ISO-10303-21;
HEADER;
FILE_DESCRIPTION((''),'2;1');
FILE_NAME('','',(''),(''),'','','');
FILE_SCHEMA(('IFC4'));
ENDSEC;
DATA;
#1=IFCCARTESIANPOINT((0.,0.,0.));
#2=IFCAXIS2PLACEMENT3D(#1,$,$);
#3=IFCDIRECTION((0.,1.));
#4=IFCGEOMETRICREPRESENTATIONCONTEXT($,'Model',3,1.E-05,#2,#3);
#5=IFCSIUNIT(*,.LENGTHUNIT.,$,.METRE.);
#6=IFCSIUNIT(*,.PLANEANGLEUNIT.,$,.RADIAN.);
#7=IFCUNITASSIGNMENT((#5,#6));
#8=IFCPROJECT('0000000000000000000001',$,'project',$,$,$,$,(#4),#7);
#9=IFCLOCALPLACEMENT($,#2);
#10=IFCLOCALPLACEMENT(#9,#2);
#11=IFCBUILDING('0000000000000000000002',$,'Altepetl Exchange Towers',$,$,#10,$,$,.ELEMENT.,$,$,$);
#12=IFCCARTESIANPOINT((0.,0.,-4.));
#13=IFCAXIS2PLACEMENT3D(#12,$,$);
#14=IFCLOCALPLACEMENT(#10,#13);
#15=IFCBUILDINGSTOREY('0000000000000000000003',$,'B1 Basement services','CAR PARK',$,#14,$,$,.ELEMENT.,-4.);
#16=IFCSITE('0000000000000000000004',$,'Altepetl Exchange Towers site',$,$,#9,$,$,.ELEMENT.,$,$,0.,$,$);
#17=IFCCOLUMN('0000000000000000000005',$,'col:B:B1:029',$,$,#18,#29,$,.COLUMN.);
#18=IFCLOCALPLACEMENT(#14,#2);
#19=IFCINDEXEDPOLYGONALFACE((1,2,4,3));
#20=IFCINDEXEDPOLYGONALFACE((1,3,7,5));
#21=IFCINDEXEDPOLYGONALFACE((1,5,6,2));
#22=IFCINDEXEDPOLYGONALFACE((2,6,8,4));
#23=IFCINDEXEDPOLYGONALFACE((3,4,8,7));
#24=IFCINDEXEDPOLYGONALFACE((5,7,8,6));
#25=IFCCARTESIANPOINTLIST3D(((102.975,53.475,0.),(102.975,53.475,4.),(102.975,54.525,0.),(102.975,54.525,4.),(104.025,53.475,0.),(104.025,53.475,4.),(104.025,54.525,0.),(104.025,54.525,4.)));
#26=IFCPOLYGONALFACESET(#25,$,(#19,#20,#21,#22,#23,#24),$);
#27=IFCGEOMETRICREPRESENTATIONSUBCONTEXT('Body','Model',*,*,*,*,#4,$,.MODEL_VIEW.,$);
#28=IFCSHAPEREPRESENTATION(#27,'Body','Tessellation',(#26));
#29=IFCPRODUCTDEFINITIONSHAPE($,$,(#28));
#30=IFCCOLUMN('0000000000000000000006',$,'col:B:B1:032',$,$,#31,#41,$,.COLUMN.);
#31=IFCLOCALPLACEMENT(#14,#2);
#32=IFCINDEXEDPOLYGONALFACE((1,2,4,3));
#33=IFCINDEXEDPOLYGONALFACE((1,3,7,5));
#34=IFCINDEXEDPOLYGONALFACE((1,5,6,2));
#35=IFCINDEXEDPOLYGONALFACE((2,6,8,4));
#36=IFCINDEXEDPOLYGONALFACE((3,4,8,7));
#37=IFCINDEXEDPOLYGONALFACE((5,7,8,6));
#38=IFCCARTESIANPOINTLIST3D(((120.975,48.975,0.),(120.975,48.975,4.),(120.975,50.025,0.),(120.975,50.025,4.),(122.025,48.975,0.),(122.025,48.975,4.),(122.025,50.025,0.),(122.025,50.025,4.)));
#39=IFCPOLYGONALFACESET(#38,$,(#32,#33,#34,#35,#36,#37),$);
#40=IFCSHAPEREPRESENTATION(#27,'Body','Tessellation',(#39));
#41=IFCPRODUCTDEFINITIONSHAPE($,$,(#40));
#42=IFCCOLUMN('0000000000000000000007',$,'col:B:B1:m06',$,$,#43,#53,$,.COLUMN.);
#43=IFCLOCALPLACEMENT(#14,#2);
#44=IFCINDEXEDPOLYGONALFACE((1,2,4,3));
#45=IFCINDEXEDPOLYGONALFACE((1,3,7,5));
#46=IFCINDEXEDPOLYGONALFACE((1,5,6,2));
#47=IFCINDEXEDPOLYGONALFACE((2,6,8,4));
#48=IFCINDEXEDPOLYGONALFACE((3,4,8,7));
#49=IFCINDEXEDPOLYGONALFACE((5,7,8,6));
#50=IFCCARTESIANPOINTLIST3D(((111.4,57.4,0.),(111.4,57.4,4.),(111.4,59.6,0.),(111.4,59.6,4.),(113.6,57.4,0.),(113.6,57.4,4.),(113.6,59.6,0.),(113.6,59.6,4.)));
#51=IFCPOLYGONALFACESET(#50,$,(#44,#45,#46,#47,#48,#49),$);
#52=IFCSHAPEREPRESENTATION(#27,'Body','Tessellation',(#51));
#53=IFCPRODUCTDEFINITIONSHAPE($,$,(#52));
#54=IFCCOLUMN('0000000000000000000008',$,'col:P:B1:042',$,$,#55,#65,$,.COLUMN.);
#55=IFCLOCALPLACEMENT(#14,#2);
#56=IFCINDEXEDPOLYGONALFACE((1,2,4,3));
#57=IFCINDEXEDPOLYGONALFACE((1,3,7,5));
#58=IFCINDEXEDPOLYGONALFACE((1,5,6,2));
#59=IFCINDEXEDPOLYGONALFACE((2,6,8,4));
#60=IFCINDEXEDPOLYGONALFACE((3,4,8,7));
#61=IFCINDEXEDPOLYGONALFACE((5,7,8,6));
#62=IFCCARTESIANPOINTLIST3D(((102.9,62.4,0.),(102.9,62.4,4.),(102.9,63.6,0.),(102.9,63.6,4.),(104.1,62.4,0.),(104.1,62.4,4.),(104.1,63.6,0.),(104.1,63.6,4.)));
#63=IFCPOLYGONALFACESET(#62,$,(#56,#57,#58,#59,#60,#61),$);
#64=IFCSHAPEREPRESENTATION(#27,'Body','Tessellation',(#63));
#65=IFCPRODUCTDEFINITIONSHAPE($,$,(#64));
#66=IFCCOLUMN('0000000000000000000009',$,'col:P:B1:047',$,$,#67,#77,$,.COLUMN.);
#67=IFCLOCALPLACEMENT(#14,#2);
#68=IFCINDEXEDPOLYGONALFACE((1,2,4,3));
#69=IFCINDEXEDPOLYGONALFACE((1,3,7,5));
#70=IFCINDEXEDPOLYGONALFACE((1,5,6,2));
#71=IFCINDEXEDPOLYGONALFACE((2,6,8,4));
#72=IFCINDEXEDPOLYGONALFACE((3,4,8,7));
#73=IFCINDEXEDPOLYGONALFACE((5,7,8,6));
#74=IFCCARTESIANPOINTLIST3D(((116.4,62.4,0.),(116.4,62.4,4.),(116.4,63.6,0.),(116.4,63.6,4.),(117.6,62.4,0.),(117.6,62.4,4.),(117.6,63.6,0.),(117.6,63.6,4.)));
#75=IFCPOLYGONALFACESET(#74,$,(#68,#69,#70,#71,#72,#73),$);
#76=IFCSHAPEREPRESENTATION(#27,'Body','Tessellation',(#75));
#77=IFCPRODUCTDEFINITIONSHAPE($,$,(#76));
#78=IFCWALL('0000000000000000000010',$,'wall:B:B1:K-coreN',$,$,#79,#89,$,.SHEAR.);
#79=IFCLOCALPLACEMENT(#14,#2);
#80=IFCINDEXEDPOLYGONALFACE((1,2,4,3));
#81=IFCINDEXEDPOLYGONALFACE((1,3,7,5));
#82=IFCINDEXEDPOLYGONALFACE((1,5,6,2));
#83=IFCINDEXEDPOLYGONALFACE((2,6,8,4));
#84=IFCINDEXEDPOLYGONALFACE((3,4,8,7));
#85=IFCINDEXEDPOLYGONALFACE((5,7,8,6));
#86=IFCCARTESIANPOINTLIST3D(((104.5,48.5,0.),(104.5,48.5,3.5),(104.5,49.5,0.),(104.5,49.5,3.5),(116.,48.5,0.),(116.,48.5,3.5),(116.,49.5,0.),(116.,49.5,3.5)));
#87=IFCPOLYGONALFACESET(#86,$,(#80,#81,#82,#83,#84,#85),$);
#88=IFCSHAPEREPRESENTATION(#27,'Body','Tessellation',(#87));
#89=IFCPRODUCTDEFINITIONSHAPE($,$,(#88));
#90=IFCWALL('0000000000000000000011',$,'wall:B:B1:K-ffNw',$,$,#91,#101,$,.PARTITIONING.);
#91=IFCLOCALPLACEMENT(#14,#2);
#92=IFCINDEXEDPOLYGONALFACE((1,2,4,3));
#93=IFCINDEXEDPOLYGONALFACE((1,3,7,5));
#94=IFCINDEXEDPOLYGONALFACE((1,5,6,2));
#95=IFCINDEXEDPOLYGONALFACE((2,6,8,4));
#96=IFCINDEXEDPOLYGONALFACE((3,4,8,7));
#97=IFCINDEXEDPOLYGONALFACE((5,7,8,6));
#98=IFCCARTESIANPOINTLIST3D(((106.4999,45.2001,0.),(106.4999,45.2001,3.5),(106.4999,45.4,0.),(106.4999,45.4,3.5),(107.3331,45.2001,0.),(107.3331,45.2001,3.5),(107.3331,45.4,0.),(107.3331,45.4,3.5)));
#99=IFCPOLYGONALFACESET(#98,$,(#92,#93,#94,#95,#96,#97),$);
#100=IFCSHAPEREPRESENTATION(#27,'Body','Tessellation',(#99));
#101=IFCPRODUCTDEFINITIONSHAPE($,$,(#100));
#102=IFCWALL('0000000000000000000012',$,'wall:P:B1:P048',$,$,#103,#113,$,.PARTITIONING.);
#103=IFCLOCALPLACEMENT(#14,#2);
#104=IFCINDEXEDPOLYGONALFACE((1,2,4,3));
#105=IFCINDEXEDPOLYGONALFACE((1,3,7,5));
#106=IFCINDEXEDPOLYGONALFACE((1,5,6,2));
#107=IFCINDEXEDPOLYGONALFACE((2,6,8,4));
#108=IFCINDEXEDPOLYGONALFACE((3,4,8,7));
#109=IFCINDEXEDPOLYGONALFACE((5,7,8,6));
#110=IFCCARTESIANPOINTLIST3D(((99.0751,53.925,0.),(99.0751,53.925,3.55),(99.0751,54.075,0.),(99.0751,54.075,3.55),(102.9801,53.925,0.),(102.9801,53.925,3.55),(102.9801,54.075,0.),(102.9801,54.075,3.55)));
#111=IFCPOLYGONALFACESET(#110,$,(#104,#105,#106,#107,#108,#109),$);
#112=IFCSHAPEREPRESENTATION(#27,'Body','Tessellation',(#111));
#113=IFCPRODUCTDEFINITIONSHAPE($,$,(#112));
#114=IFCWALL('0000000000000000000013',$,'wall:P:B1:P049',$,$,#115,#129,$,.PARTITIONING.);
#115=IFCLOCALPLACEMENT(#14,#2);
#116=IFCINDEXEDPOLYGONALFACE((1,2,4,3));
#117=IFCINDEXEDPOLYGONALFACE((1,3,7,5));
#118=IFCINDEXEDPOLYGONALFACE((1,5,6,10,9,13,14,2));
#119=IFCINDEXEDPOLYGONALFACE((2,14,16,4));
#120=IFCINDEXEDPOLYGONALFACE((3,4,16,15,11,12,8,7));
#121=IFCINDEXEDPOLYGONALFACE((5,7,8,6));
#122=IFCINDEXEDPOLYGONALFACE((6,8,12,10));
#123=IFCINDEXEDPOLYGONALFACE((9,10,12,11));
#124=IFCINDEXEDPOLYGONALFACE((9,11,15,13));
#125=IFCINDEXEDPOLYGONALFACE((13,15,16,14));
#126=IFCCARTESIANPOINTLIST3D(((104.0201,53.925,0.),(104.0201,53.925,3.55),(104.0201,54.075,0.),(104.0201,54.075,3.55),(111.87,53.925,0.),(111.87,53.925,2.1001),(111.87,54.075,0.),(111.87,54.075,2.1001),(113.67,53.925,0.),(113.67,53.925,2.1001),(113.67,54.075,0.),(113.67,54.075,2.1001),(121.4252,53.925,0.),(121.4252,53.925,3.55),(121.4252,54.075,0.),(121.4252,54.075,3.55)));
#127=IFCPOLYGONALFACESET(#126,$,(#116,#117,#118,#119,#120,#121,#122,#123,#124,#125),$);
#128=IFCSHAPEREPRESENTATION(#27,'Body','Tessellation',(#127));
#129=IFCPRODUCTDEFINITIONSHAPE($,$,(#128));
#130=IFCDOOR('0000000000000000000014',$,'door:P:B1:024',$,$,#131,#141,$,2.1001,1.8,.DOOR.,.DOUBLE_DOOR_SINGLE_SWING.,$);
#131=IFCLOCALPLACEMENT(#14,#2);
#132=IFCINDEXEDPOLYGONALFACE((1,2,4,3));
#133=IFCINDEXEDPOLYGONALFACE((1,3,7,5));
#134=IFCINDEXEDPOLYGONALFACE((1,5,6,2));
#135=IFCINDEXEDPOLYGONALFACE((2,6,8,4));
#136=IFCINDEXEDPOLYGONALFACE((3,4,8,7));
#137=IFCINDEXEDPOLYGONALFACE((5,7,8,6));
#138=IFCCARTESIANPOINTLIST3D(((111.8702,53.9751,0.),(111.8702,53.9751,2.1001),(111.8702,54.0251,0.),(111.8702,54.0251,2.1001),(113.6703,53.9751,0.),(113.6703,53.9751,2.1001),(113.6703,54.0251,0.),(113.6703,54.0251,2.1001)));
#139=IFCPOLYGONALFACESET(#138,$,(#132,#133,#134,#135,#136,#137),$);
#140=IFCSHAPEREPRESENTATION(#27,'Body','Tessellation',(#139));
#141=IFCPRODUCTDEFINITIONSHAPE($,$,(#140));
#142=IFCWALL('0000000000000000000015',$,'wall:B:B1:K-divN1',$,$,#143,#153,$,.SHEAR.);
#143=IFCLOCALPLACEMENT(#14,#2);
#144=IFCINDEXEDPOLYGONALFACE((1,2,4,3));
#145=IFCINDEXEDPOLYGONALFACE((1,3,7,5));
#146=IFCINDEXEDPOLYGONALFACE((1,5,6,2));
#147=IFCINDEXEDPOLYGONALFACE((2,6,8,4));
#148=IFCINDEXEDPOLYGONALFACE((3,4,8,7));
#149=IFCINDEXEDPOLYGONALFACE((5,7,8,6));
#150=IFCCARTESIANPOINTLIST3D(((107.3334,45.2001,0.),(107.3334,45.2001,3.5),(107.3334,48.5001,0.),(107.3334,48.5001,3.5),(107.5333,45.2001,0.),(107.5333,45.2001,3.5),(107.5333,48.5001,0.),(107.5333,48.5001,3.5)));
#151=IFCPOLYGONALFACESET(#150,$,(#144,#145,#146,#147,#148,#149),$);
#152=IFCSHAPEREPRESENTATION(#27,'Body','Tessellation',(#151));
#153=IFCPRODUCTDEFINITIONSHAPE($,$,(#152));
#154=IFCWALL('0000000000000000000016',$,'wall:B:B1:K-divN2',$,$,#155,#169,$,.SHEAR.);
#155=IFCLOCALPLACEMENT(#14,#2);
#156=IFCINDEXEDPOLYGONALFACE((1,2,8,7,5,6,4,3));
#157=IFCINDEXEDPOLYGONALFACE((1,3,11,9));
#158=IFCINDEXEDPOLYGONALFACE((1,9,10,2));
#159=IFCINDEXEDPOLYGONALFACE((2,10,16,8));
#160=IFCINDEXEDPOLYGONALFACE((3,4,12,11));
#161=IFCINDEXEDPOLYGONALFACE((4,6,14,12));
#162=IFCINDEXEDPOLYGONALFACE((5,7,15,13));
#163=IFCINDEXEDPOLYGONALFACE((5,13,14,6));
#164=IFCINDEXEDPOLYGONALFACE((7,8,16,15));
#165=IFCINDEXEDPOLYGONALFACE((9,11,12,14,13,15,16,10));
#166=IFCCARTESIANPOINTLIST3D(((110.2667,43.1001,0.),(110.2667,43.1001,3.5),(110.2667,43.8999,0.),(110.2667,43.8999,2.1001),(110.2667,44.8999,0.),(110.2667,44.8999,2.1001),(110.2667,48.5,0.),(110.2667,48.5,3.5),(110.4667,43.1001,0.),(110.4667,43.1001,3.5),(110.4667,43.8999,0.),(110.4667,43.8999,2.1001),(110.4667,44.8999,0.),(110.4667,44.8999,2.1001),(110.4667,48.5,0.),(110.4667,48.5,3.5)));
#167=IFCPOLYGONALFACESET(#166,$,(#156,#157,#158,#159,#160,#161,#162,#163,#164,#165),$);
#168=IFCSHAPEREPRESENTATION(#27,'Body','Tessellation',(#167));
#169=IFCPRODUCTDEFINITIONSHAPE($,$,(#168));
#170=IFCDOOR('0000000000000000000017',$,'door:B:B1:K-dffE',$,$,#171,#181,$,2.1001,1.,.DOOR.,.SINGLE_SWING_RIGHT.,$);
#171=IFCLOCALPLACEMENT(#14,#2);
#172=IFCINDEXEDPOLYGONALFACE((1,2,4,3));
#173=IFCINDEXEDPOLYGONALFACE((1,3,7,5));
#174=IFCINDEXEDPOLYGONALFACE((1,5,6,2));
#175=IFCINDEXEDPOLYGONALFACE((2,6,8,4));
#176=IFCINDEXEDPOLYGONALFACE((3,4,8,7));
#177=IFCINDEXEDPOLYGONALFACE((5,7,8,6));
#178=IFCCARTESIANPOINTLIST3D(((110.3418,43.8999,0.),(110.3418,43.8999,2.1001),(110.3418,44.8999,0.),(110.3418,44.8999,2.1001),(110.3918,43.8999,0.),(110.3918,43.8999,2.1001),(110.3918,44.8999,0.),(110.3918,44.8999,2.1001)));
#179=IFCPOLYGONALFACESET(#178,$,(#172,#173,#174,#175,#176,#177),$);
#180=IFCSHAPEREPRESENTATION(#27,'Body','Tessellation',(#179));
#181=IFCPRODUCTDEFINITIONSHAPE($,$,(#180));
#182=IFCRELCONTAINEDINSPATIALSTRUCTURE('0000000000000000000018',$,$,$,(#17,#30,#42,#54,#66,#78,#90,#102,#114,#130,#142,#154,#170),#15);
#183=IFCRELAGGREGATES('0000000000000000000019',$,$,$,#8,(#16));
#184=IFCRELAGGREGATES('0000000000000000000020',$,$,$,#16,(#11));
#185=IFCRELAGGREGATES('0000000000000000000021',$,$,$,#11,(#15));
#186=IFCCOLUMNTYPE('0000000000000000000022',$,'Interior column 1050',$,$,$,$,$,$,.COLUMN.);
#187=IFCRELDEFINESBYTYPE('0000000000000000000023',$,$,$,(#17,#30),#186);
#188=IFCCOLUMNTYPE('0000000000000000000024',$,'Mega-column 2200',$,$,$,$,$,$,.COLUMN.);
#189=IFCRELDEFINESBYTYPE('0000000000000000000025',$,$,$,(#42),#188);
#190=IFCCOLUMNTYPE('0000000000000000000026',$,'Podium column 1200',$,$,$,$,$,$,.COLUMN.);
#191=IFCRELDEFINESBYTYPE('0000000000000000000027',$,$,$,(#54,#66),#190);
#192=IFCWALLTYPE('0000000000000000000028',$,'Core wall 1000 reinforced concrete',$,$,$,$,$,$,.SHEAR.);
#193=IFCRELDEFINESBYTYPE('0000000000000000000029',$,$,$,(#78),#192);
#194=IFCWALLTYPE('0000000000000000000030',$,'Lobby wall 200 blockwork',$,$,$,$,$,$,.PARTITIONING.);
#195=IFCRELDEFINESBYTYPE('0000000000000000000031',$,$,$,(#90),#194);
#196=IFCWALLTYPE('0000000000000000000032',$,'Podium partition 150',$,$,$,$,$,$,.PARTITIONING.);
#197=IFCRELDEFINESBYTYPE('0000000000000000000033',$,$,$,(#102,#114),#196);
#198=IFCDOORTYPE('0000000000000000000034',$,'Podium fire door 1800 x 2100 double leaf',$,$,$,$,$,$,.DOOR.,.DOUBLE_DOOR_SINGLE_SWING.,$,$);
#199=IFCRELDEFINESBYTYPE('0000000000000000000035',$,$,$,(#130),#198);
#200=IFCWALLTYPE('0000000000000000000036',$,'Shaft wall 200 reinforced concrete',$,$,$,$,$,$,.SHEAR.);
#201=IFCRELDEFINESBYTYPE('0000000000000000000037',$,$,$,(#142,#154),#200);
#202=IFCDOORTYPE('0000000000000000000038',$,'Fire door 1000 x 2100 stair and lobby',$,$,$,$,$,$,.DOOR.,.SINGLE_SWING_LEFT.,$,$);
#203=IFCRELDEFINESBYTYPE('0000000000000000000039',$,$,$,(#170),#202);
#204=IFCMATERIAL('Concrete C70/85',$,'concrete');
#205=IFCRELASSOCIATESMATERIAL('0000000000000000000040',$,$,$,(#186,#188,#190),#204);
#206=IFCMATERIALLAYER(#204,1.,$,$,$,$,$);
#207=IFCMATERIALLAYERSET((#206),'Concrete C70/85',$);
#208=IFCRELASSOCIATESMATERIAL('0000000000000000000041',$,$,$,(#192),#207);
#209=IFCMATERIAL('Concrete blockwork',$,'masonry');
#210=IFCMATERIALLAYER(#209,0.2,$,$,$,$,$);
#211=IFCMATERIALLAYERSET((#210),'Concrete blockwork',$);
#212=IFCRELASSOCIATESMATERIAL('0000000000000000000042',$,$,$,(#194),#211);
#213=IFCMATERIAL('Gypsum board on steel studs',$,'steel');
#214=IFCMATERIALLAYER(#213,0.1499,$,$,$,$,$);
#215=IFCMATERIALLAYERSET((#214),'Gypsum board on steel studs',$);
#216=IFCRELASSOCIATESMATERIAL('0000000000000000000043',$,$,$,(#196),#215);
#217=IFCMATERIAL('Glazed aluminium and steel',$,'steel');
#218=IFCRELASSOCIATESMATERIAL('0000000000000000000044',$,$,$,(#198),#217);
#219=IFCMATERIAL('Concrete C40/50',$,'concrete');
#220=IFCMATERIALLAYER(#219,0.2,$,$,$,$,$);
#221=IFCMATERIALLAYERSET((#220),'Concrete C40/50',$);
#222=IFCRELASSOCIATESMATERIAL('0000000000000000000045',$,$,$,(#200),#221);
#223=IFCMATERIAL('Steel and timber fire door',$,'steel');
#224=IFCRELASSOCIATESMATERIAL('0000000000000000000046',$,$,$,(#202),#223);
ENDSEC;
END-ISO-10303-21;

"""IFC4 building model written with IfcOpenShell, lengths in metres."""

from ifc_helpers import new_model, si_unit, direction, frame, frame_2d, origin, origin_2d, place, context, subcontext, project, spatial, rectangle, extrude, material, layer, layer_set, material_profile, profile_set, type_object, element, fill, save


model = new_model("IFC4")

# Units and contexts
model_context = context("Model", 3, precision=1e-05, world=origin(), true_north=direction((0.0, 1.0)))
body_context = subcontext(model_context, "Body", "Model", "MODEL_VIEW")
ifc_project = project(units=[si_unit("LENGTHUNIT", "METRE"), si_unit("PLANEANGLEUNIT", "RADIAN")], contexts=[model_context])

# Site, building, storey
site_placement = place(None, origin())
site = spatial("IfcSite", under=ifc_project, at=site_placement, Name="Altepetl Exchange Towers site", CompositionType="ELEMENT", RefElevation=0.0)
building_placement = place(site_placement, origin())
building = spatial("IfcBuilding", under=site, at=building_placement, Name="Altepetl Exchange Towers", CompositionType="ELEMENT")
storey_placement = place(building_placement, frame((0.0, 0.0, -4.0)))
storey = spatial("IfcBuildingStorey", under=building, at=storey_placement, Name="B1 Basement services", Description="CAR PARK", CompositionType="ELEMENT", Elevation=-4.0)

# Columns
ifc_material_1 = material(Name="Concrete C70/85", Category="concrete")
ifc_material_profile_1 = material_profile(ifc_material_1, rectangle(XDim=1.05, YDim=1.05, at=origin_2d()), Name="1050 x 1050")
ifc_profile_set_1 = profile_set([ifc_material_profile_1], Name="Concrete C70/85")
column_type_1 = type_object("IfcColumnType", Name="Interior column 1050", PredefinedType="COLUMN", material=ifc_profile_set_1)
for number, where, name in (
    (1, (103.5, 54.0, 0.0), "col:B:B1:029"),
    (2, (121.5, 49.5, 0.0), "col:B:B1:032"),
):
    element("IfcColumn", number, at=place(storey_placement, frame(where)), inside=storey, type_object=column_type_1, Name=name, PredefinedType="COLUMN", context=body_context, shape_type="SweptSolid", body=[
        extrude(rectangle(XDim=1.05, YDim=1.05, at=origin_2d()), origin(), (0.0, 0.0, 1.0), 4.0),
    ])
ifc_material_profile_2 = material_profile(ifc_material_1, rectangle(XDim=2.2, YDim=2.2, at=origin_2d()), Name="2200 x 2200")
ifc_profile_set_2 = profile_set([ifc_material_profile_2], Name="Concrete C70/85")
column_type_2 = type_object("IfcColumnType", Name="Mega-column 2200", PredefinedType="COLUMN", material=ifc_profile_set_2)
column_placement = place(storey_placement, frame((112.5, 58.5, 0.0)))
element("IfcColumn", 3, at=column_placement, inside=storey, type_object=column_type_2, Name="col:B:B1:m06", PredefinedType="COLUMN", context=body_context, shape_type="SweptSolid", body=[
    extrude(rectangle(XDim=2.2, YDim=2.2, at=origin_2d()), origin(), (0.0, 0.0, 1.0), 4.0),
])
ifc_material_profile_3 = material_profile(ifc_material_1, rectangle(XDim=1.2, YDim=1.2, at=origin_2d()), Name="1200 x 1200")
ifc_profile_set_3 = profile_set([ifc_material_profile_3], Name="Concrete C70/85")
column_type_3 = type_object("IfcColumnType", Name="Podium column 1200", PredefinedType="COLUMN", material=ifc_profile_set_3)
for number, where, name in (
    (4, (103.5, 63.0, 0.0), "col:P:B1:042"),
    (5, (117.0, 63.0, 0.0), "col:P:B1:047"),
):
    element("IfcColumn", number, at=place(storey_placement, frame(where)), inside=storey, type_object=column_type_3, Name=name, PredefinedType="COLUMN", context=body_context, shape_type="SweptSolid", body=[
        extrude(rectangle(XDim=1.2, YDim=1.2, at=origin_2d()), origin(), (0.0, 0.0, 1.0), 4.0),
    ])

# Walls
ifc_layer_1 = layer(ifc_material_1, 1.0)
ifc_layer_set_1 = layer_set([ifc_layer_1], Name="Concrete C70/85")
wall_type_1 = type_object("IfcWallType", Name="Core wall 1000 reinforced concrete", PredefinedType="SHEAR", material=ifc_layer_set_1)
wall_1_placement = place(storey_placement, frame((104.5, 49.0, 0.0)))
element("IfcWall", 6, at=wall_1_placement, inside=storey, type_object=wall_type_1, Name="wall:B:B1:K-coreN", PredefinedType="SHEAR", context=body_context, shape_type="SweptSolid", body=[
    extrude(rectangle(XDim=11.5, YDim=1.0, at=frame_2d((5.75, 0.0))), origin(), (0.0, 0.0, 1.0), 3.5),
])
ifc_material_2 = material(Name="Concrete blockwork", Category="masonry")
ifc_layer_2 = layer(ifc_material_2, 0.2)
ifc_layer_set_2 = layer_set([ifc_layer_2], Name="Concrete blockwork")
wall_type_2 = type_object("IfcWallType", Name="Lobby wall 200 blockwork", PredefinedType="PARTITIONING", material=ifc_layer_set_2)
wall_2_placement = place(storey_placement, frame((106.5, 45.3, 0.0)))
element("IfcWall", 7, at=wall_2_placement, inside=storey, type_object=wall_type_2, Name="wall:B:B1:K-ffNw", PredefinedType="PARTITIONING", context=body_context, shape_type="SweptSolid", body=[
    extrude(rectangle(XDim=0.8333, YDim=0.2, at=frame_2d((0.4165, 0.0))), origin(), (0.0, 0.0, 1.0), 3.5),
])
ifc_material_3 = material(Name="Gypsum board on steel studs", Category="steel")
ifc_layer_3 = layer(ifc_material_3, 0.1499)
ifc_layer_set_3 = layer_set([ifc_layer_3], Name="Gypsum board on steel studs")
wall_type_3 = type_object("IfcWallType", Name="Podium partition 150", PredefinedType="PARTITIONING", material=ifc_layer_set_3)
wall_3_placement = place(storey_placement, frame((99.075, 54.0, 0.0)))
element("IfcWall", 8, at=wall_3_placement, inside=storey, type_object=wall_type_3, Name="wall:P:B1:P048", PredefinedType="PARTITIONING", context=body_context, shape_type="SweptSolid", body=[
    extrude(rectangle(XDim=3.905, YDim=0.1499, at=frame_2d((1.9526, 0.0))), origin(), (0.0, 0.0, 1.0), 3.55),
])

# Wall, opening, door
wall_4_placement = place(storey_placement, frame((104.02, 54.0, 0.0)))
wall_4 = element("IfcWall", 9, at=wall_4_placement, inside=storey, type_object=wall_type_3, Name="wall:P:B1:P049", PredefinedType="PARTITIONING", context=body_context, shape_type="SweptSolid", body=[
    extrude(rectangle(XDim=17.405, YDim=0.1499, at=frame_2d((8.7026, 0.0))), origin(), (0.0, 0.0, 1.0), 3.55),
])
opening_1_placement = place(wall_4_placement, frame((7.8501, 0.0, 0.0)))
opening_1 = element("IfcOpeningElement", 10, at=opening_1_placement, cuts=wall_4, PredefinedType="OPENING", context=body_context, shape_type="SweptSolid", body=[
    extrude(rectangle(XDim=1.8, YDim=2.1001, at=frame_2d((0.8999, 1.05))), frame((0.0, 0.085, 0.0), z_axis=(0.0, -1.0, 0.0), x_axis=(1.0, 0.0, 0.0)), (0.0, 0.0, 1.0), 0.1699),
])
ifc_material_4 = material(Name="Glazed aluminium and steel", Category="steel")
door_type_1 = type_object("IfcDoorType", Name="Podium fire door 1800 x 2100 double leaf", OperationType="DOUBLE_DOOR_SINGLE_SWING", PredefinedType="DOOR", material=ifc_material_4)
door_1_placement = place(opening_1_placement, frame((1.8, 0.0, 0.0), x_axis=(-1.0, 0.0, 0.0)))
door_1 = element("IfcDoor", 11, at=door_1_placement, inside=storey, type_object=door_type_1, Name="door:P:B1:024", OperationType="DOUBLE_DOOR_SINGLE_SWING", OverallHeight=2.1001, OverallWidth=1.8, PredefinedType="DOOR", context=body_context, shape_type="SweptSolid", body=[
    extrude(rectangle(XDim=1.8, YDim=2.1001, at=frame_2d((0.8999, 1.05))), frame((0.0, 0.0249, 0.0), z_axis=(0.0, -1.0, 0.0), x_axis=(1.0, 0.0, 0.0)), (0.0, 0.0, 1.0), 0.05),
])
fill(opening_1, door_1)

# Wall
ifc_material_5 = material(Name="Concrete C40/50", Category="concrete")
ifc_layer_4 = layer(ifc_material_5, 0.2)
ifc_layer_set_4 = layer_set([ifc_layer_4], Name="Concrete C40/50")
wall_type_4 = type_object("IfcWallType", Name="Shaft wall 200 reinforced concrete", PredefinedType="SHEAR", material=ifc_layer_set_4)
wall_5_placement = place(storey_placement, frame((107.4333, 48.5, 0.0), z_axis=(0.0, 0.0, 1.0), x_axis=(0.0, -1.0, 0.0)))
element("IfcWall", 12, at=wall_5_placement, inside=storey, type_object=wall_type_4, Name="wall:B:B1:K-divN1", PredefinedType="SHEAR", context=body_context, shape_type="SweptSolid", body=[
    extrude(rectangle(XDim=3.3, YDim=0.2, at=frame_2d((1.6499, 0.0))), origin(), (0.0, 0.0, 1.0), 3.5),
])

# Wall, opening, door
wall_6_placement = place(storey_placement, frame((110.3667, 48.5, 0.0), z_axis=(0.0, 0.0, 1.0), x_axis=(0.0, -1.0, 0.0)))
wall_6 = element("IfcWall", 13, at=wall_6_placement, inside=storey, type_object=wall_type_4, Name="wall:B:B1:K-divN2", PredefinedType="SHEAR", context=body_context, shape_type="SweptSolid", body=[
    extrude(rectangle(XDim=5.3999, YDim=0.2, at=frame_2d((2.7, 0.0))), origin(), (0.0, 0.0, 1.0), 3.5),
])
opening_2_placement = place(wall_6_placement, frame((3.6001, 0.0, 0.0)))
opening_2 = element("IfcOpeningElement", 14, at=opening_2_placement, cuts=wall_6, PredefinedType="OPENING", context=body_context, shape_type="SweptSolid", body=[
    extrude(rectangle(XDim=1.0, YDim=2.1001, at=frame_2d((0.5, 1.05))), frame((0.0, 0.1099, 0.0), z_axis=(0.0, -1.0, 0.0), x_axis=(1.0, 0.0, 0.0)), (0.0, 0.0, 1.0), 0.22),
])
ifc_material_6 = material(Name="Steel and timber fire door", Category="steel")
door_type_2 = type_object("IfcDoorType", Name="Fire door 1000 x 2100 stair and lobby", OperationType="SINGLE_SWING_LEFT", PredefinedType="DOOR", material=ifc_material_6)
door_2_placement = place(opening_2_placement, frame((1.0, 0.0, 0.0), x_axis=(-1.0, 0.0, 0.0)))
door_2 = element("IfcDoor", 15, at=door_2_placement, inside=storey, type_object=door_type_2, Name="door:B:B1:K-dffE", OperationType="SINGLE_SWING_RIGHT", OverallHeight=2.1001, OverallWidth=1.0, PredefinedType="DOOR", context=body_context, shape_type="SweptSolid", body=[
    extrude(rectangle(XDim=1.0, YDim=2.1001, at=frame_2d((0.5, 1.05))), frame((0.0, 0.0249, 0.0), z_axis=(0.0, -1.0, 0.0), x_axis=(1.0, 0.0, 0.0)), (0.0, 0.0, 1.0), 0.05),
])
fill(opening_2, door_2)

save(model, "model.ifc")
